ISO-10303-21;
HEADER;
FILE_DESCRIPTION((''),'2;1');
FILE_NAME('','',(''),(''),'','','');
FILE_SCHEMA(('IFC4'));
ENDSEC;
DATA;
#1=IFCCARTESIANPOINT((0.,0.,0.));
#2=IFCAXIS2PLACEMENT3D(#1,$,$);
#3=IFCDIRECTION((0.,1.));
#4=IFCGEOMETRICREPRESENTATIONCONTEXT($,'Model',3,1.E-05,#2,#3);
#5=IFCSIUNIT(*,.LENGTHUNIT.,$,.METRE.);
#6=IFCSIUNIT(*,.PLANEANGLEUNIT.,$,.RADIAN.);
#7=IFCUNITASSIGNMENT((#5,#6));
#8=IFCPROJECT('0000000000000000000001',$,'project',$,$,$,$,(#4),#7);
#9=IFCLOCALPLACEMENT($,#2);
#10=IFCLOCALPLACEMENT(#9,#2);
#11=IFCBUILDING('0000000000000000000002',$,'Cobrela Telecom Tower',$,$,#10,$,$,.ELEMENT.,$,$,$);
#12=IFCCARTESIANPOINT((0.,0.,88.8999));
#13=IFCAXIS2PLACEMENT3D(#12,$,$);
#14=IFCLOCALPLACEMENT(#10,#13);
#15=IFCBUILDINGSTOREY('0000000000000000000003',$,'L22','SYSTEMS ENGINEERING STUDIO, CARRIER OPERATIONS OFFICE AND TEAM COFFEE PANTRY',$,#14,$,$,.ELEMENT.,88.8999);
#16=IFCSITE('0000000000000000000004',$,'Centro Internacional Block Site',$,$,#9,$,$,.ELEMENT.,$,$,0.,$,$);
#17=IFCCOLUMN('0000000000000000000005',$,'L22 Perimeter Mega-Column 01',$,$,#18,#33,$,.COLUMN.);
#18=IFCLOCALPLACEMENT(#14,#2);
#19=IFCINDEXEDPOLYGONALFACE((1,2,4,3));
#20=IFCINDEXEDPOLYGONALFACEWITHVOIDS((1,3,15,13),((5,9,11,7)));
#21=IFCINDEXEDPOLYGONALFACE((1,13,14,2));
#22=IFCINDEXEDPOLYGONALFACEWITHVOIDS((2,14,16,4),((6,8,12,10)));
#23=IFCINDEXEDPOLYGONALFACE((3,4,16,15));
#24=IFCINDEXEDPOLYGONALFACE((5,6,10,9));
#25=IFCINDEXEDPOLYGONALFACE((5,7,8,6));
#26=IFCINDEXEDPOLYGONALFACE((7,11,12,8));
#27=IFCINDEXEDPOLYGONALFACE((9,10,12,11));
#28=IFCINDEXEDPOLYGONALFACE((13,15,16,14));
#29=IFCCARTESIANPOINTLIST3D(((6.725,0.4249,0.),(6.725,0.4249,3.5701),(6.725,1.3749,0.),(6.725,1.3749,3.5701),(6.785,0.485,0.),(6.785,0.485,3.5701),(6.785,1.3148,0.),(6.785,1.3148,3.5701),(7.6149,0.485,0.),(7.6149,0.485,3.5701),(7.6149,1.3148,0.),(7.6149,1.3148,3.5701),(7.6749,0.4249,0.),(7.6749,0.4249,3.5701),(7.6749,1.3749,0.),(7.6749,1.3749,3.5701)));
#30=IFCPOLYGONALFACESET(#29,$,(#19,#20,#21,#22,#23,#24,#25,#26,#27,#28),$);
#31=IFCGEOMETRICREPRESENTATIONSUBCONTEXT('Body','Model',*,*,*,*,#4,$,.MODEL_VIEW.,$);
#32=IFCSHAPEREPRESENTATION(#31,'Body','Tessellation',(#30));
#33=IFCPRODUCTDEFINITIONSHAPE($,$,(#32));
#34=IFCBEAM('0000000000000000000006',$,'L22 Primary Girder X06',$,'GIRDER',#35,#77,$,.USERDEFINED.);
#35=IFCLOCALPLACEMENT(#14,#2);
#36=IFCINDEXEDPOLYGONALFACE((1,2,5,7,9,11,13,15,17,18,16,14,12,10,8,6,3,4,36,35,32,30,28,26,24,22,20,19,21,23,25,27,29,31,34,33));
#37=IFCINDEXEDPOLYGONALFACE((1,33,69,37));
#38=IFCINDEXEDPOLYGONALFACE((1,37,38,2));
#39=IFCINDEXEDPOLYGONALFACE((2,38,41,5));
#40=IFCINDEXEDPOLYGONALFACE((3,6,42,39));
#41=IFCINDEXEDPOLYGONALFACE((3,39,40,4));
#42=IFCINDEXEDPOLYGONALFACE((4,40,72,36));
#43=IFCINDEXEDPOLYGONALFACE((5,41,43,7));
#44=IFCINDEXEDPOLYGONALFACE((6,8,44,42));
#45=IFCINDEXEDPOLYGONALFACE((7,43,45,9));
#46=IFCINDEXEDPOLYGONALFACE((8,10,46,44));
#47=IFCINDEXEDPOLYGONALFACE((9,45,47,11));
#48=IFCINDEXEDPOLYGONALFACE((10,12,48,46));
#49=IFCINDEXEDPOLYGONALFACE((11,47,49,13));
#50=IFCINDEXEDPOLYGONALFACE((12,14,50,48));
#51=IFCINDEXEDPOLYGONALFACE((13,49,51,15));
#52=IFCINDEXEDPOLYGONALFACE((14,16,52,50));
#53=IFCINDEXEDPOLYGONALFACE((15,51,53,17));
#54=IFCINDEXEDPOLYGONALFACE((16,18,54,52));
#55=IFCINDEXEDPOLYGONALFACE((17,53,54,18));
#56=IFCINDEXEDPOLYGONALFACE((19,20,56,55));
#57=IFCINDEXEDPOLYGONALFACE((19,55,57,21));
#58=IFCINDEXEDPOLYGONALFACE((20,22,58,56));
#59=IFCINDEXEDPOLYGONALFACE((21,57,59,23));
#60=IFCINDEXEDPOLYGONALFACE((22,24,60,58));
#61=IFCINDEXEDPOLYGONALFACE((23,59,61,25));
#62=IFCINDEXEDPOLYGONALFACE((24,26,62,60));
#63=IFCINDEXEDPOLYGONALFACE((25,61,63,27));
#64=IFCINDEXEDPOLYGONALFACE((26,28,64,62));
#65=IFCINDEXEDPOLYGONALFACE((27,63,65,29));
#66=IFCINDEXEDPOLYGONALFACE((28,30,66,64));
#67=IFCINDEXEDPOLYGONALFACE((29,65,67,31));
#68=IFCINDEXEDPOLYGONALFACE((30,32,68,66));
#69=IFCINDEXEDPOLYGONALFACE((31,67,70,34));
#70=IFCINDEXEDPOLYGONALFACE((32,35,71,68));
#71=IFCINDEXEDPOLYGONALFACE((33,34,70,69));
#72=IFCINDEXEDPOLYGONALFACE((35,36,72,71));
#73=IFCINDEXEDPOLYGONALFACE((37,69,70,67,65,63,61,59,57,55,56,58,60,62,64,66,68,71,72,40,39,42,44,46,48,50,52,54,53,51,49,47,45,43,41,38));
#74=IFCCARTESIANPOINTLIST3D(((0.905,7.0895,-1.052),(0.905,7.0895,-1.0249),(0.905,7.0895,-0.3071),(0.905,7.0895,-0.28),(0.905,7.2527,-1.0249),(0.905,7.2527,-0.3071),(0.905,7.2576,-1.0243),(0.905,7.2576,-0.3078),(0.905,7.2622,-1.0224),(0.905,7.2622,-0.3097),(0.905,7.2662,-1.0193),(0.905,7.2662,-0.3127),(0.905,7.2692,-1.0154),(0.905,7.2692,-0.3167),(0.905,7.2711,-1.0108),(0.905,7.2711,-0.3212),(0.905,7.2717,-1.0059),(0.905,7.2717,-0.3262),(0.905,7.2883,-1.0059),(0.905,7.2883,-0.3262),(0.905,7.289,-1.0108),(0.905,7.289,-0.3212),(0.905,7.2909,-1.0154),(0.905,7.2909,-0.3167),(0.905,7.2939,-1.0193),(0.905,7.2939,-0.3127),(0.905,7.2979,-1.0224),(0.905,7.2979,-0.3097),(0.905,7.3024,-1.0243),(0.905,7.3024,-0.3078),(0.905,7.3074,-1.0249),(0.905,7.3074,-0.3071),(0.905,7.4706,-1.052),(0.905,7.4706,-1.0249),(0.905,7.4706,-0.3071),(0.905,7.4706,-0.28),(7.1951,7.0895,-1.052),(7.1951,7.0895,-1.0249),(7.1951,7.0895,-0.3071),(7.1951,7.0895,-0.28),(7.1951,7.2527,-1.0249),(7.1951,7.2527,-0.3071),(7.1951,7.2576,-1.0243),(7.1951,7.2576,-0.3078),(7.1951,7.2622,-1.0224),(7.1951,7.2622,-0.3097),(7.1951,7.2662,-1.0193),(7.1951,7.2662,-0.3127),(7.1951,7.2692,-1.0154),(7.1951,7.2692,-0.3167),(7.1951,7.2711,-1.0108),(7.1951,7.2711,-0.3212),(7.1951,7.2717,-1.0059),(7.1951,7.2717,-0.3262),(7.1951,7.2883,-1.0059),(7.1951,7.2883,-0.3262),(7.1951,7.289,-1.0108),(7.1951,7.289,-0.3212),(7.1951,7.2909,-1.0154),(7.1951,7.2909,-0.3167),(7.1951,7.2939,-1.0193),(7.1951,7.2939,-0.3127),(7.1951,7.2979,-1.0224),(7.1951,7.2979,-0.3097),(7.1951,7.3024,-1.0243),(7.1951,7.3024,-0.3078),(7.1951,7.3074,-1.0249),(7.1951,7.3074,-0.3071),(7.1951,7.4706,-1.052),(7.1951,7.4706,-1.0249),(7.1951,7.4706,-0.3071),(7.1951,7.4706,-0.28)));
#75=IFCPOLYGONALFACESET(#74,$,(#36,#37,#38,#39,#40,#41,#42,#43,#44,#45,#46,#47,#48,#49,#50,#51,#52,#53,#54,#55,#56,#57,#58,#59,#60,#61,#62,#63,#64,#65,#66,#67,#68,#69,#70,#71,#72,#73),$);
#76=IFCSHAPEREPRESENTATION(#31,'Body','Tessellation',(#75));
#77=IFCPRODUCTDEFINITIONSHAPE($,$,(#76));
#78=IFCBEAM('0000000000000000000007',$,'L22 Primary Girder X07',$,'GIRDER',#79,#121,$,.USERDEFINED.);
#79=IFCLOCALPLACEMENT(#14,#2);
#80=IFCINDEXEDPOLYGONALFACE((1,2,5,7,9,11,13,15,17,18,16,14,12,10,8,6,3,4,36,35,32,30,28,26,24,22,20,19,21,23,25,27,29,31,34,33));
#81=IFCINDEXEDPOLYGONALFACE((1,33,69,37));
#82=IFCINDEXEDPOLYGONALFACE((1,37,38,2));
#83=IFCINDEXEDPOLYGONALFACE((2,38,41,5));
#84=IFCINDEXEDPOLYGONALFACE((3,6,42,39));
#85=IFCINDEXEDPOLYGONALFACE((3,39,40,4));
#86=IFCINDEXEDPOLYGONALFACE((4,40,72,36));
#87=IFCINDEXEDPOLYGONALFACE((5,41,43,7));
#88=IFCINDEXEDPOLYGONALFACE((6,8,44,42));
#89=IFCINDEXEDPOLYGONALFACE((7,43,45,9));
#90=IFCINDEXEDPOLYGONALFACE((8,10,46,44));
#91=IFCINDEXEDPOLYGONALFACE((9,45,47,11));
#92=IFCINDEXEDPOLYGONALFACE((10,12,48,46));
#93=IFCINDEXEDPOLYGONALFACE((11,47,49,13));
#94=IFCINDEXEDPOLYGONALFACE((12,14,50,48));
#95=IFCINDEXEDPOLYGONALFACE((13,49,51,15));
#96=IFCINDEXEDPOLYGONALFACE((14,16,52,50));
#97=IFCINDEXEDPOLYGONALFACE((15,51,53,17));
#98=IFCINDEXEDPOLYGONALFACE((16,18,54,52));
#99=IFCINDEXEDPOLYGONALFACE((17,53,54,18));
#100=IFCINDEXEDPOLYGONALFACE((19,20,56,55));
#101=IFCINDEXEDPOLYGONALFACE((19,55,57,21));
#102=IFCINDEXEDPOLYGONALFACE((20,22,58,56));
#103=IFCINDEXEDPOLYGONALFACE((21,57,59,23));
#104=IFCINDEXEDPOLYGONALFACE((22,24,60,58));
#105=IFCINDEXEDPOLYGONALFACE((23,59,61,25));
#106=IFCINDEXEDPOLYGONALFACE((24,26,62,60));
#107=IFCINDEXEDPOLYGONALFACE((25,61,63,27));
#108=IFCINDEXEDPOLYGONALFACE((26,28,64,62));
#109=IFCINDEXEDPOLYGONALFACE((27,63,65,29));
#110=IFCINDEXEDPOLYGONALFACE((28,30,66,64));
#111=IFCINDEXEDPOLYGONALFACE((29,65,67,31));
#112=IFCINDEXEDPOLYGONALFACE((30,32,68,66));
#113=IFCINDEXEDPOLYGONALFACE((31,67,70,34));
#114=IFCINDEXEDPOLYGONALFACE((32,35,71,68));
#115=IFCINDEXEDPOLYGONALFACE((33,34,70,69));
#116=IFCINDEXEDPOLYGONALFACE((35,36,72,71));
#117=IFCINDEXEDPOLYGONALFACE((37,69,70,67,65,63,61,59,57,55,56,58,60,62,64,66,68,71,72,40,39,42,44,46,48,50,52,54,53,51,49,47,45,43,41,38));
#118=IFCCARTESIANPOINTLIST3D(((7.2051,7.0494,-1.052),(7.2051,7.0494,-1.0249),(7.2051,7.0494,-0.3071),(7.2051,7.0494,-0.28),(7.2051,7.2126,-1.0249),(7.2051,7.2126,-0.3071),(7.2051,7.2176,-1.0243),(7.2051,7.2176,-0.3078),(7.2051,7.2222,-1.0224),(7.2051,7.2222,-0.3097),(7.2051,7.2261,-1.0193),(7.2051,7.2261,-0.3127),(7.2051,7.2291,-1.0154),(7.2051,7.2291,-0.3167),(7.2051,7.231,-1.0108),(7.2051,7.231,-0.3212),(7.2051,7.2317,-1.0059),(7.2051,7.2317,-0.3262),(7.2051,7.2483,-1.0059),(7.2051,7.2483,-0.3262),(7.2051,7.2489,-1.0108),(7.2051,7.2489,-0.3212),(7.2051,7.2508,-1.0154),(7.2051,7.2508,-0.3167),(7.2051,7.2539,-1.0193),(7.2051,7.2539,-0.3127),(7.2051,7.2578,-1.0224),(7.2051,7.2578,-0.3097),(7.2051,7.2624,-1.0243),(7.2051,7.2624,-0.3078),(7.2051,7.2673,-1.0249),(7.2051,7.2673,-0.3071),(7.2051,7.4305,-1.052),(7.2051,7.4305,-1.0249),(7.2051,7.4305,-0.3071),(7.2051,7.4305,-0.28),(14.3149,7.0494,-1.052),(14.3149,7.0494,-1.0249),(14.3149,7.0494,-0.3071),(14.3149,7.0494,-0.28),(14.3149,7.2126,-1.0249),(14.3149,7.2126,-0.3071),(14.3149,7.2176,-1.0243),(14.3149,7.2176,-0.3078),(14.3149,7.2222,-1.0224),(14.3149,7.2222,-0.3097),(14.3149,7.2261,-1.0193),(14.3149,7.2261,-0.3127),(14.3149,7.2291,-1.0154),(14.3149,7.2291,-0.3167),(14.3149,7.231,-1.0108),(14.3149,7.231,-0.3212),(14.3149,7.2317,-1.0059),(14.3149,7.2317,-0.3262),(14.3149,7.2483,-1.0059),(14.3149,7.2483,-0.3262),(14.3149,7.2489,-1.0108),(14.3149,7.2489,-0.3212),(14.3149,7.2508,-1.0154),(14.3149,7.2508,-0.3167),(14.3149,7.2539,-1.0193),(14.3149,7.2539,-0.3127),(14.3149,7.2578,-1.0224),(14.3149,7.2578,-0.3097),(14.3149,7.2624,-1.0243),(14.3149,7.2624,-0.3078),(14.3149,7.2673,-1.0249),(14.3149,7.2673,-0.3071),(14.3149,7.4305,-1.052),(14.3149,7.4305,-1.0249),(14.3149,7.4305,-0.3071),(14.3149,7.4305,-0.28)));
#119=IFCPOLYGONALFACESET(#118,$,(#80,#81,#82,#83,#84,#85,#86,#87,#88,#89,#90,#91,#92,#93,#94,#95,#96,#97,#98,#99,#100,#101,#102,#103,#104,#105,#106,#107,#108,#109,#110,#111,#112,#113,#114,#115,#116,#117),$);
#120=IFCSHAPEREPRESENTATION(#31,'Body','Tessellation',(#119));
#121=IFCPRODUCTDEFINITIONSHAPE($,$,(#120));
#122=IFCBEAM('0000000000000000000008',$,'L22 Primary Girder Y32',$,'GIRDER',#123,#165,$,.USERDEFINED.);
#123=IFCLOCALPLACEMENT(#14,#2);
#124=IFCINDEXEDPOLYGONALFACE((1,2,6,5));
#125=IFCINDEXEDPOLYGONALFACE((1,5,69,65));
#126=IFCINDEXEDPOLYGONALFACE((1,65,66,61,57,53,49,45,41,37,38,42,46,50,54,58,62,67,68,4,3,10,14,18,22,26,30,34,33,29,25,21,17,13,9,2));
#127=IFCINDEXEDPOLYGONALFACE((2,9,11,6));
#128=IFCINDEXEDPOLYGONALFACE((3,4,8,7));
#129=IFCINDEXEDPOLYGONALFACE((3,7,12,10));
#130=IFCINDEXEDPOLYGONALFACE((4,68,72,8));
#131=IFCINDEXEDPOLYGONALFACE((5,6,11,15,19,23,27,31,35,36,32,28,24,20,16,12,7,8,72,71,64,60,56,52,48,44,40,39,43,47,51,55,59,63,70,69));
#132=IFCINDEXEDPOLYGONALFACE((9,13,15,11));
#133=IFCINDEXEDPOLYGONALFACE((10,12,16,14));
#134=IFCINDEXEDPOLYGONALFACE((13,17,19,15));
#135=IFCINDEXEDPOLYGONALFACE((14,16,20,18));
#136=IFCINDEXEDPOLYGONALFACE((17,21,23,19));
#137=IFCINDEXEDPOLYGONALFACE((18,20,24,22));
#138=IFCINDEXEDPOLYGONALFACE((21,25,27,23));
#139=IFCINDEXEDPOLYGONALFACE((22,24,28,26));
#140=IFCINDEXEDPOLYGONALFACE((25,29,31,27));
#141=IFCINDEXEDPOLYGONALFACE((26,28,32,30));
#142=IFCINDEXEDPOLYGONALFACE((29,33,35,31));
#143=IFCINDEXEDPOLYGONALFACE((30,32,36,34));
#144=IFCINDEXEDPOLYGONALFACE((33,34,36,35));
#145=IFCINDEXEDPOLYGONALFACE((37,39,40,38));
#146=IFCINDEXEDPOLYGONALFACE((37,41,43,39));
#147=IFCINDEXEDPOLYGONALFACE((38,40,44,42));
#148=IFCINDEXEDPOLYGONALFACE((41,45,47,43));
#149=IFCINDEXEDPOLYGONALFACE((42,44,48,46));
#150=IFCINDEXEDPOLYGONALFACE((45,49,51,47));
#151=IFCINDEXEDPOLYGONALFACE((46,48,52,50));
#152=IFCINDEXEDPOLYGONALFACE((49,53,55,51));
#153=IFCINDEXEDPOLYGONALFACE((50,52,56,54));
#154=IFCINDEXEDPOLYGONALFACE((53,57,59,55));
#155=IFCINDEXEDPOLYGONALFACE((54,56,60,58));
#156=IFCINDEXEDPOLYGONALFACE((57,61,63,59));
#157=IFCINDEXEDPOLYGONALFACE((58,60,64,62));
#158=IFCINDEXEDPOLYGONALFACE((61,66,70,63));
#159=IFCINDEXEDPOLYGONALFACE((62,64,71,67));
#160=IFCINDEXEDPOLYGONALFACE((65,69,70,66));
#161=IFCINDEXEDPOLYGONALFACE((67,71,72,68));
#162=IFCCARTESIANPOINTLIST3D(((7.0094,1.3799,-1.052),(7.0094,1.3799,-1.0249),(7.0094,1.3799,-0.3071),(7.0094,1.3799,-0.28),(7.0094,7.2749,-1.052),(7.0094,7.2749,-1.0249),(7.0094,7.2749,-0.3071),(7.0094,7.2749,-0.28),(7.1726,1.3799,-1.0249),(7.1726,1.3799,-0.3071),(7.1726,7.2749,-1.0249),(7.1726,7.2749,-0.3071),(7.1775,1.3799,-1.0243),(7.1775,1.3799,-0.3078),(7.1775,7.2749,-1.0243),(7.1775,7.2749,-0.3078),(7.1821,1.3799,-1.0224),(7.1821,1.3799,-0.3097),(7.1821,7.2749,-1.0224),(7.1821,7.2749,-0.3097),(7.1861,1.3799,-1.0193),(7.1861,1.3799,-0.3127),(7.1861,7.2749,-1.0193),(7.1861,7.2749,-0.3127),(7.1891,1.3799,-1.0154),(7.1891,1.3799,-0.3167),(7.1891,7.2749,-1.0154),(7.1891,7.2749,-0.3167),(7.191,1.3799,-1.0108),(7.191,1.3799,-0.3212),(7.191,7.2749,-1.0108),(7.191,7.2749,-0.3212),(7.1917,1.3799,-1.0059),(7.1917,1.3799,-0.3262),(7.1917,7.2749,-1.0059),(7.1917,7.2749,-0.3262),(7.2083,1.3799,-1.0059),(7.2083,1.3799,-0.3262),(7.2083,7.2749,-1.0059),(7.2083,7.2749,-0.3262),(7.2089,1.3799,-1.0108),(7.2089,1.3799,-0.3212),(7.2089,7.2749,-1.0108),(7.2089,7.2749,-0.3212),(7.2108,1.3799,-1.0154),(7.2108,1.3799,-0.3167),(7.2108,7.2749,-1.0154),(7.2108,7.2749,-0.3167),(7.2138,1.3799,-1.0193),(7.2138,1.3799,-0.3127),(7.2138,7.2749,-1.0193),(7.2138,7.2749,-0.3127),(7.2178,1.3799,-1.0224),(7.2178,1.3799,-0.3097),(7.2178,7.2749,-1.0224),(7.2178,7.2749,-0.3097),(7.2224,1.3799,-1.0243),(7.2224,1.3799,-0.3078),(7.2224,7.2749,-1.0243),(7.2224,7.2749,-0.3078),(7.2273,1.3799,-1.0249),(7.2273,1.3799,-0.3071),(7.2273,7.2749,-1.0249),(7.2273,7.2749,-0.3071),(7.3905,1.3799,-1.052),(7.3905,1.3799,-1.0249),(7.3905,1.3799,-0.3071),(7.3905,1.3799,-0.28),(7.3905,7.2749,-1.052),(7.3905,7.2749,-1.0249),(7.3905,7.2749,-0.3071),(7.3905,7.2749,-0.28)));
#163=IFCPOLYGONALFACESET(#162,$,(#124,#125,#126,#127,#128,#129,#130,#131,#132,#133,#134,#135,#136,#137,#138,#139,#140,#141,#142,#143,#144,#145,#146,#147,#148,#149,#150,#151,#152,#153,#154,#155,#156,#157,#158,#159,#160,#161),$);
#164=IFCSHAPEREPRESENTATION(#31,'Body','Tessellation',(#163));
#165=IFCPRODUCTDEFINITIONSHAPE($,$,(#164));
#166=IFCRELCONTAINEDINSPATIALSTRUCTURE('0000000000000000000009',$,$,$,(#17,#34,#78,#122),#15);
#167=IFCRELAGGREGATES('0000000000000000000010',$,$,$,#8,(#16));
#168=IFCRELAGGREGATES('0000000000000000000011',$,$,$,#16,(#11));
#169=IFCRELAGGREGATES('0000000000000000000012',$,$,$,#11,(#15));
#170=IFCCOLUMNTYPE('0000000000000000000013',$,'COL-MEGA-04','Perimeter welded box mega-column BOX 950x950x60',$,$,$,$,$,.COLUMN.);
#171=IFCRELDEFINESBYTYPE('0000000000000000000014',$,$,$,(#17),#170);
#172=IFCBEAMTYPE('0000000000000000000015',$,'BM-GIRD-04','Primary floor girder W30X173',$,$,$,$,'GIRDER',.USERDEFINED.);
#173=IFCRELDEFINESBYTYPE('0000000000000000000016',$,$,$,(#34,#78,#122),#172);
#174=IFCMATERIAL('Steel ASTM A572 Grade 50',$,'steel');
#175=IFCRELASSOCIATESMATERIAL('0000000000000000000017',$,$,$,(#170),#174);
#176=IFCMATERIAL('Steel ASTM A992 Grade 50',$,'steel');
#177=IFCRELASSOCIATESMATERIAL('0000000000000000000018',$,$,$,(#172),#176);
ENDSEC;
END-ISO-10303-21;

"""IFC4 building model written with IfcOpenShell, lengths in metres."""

from ifc_helpers import new_model, si_unit, direction, frame, origin, origin_2d, place, context, subcontext, project, spatial, hollow_rectangle, i_section, extrude, material, material_profile, profile_set, type_object, element, save


model = new_model("IFC4")

# Units and contexts
model_context = context("Model", 3, precision=1e-05, world=origin(), true_north=direction((0.0, 1.0)))
body_context = subcontext(model_context, "Body", "Model", "MODEL_VIEW")
ifc_project = project(units=[si_unit("LENGTHUNIT", "METRE"), si_unit("PLANEANGLEUNIT", "RADIAN")], contexts=[model_context])

# Site, building, storey
site_placement = place(None, origin())
site = spatial("IfcSite", under=ifc_project, at=site_placement, Name="Centro Internacional Block Site", CompositionType="ELEMENT", RefElevation=0.0)
building_placement = place(site_placement, origin())
building = spatial("IfcBuilding", under=site, at=building_placement, Name="Cobrela Telecom Tower", CompositionType="ELEMENT")
storey_placement = place(building_placement, frame((0.0, 0.0, 88.8999)))
storey = spatial("IfcBuildingStorey", under=building, at=storey_placement, Name="L22", Description="SYSTEMS ENGINEERING STUDIO, CARRIER OPERATIONS OFFICE AND TEAM COFFEE PANTRY", CompositionType="ELEMENT", Elevation=88.8999)

# Column
ifc_material_1 = material(Name="Steel ASTM A572 Grade 50", Category="steel")
ifc_material_profile_1 = material_profile(ifc_material_1, hollow_rectangle(XDim=0.95, YDim=0.95, WallThickness=0.0601, at=origin_2d()), Name="BOX 950x950x60")
ifc_profile_set_1 = profile_set([ifc_material_profile_1], Name="Steel ASTM A572 Grade 50")
column_type = type_object("IfcColumnType", Name="COL-MEGA-04", Description="Perimeter welded box mega-column BOX 950x950x60", PredefinedType="COLUMN", material=ifc_profile_set_1)
column_placement = place(storey_placement, frame((7.2, 0.8999, 0.0), z_axis=(0.0, 0.0, 1.0), x_axis=(1.0, 0.0, 0.0)))
element("IfcColumn", 1, at=column_placement, inside=storey, type_object=column_type, Name="L22 Perimeter Mega-Column 01", PredefinedType="COLUMN", context=body_context, shape_type="SweptSolid", body=[
    extrude(hollow_rectangle(XDim=0.95, YDim=0.95, WallThickness=0.0601, at=origin_2d()), origin(), (0.0, 0.0, 1.0), 3.5701),
])

# Beams
ifc_material_2 = material(Name="Steel ASTM A992 Grade 50", Category="steel")
ifc_material_profile_2 = material_profile(ifc_material_2, i_section(OverallWidth=0.3811, OverallDepth=0.772, WebThickness=0.0166, FlangeThickness=0.0271, FilletRadius=0.019, at=origin_2d()), Name="W30X173")
ifc_profile_set_2 = profile_set([ifc_material_profile_2], Name="Steel ASTM A992 Grade 50")
beam_type_1 = type_object("IfcBeamType", Name="BM-GIRD-04", Description="Primary floor girder W30X173", ElementType="GIRDER", PredefinedType="USERDEFINED", material=ifc_profile_set_2)
beam_1_placement = place(storey_placement, frame((0.905, 7.28, -0.666), z_axis=(1.0, 0.0, 0.0), x_axis=(0.0, 1.0, 0.0)))
element("IfcBeam", 2, at=beam_1_placement, inside=storey, type_object=beam_type_1, Name="L22 Primary Girder X06", ObjectType="GIRDER", PredefinedType="USERDEFINED", context=body_context, shape_type="SweptSolid", body=[
    extrude(i_section(OverallWidth=0.3811, OverallDepth=0.772, WebThickness=0.0166, FlangeThickness=0.0271, FilletRadius=0.019, at=origin_2d()), origin(), (0.0, 0.0, 1.0), 6.29),
])
beam_2_placement = place(storey_placement, frame((7.2051, 7.24, -0.666), z_axis=(1.0, 0.0, 0.0), x_axis=(0.0, 1.0, 0.0)))
element("IfcBeam", 3, at=beam_2_placement, inside=storey, type_object=beam_type_1, Name="L22 Primary Girder X07", ObjectType="GIRDER", PredefinedType="USERDEFINED", context=body_context, shape_type="SweptSolid", body=[
    extrude(i_section(OverallWidth=0.3811, OverallDepth=0.772, WebThickness=0.0166, FlangeThickness=0.0271, FilletRadius=0.019, at=origin_2d()), origin(), (0.0, 0.0, 1.0), 7.1099),
])
beam_3_placement = place(storey_placement, frame((7.2, 1.3799, -0.666), z_axis=(0.0, 1.0, 0.0), x_axis=(-1.0, 0.0, 0.0)))
element("IfcBeam", 4, at=beam_3_placement, inside=storey, type_object=beam_type_1, Name="L22 Primary Girder Y32", ObjectType="GIRDER", PredefinedType="USERDEFINED", context=body_context, shape_type="SweptSolid", body=[
    extrude(i_section(OverallWidth=0.3811, OverallDepth=0.772, WebThickness=0.0166, FlangeThickness=0.0271, FilletRadius=0.019, at=origin_2d()), origin(), (0.0, 0.0, 1.0), 5.895),
])

save(model, "model.ifc")
